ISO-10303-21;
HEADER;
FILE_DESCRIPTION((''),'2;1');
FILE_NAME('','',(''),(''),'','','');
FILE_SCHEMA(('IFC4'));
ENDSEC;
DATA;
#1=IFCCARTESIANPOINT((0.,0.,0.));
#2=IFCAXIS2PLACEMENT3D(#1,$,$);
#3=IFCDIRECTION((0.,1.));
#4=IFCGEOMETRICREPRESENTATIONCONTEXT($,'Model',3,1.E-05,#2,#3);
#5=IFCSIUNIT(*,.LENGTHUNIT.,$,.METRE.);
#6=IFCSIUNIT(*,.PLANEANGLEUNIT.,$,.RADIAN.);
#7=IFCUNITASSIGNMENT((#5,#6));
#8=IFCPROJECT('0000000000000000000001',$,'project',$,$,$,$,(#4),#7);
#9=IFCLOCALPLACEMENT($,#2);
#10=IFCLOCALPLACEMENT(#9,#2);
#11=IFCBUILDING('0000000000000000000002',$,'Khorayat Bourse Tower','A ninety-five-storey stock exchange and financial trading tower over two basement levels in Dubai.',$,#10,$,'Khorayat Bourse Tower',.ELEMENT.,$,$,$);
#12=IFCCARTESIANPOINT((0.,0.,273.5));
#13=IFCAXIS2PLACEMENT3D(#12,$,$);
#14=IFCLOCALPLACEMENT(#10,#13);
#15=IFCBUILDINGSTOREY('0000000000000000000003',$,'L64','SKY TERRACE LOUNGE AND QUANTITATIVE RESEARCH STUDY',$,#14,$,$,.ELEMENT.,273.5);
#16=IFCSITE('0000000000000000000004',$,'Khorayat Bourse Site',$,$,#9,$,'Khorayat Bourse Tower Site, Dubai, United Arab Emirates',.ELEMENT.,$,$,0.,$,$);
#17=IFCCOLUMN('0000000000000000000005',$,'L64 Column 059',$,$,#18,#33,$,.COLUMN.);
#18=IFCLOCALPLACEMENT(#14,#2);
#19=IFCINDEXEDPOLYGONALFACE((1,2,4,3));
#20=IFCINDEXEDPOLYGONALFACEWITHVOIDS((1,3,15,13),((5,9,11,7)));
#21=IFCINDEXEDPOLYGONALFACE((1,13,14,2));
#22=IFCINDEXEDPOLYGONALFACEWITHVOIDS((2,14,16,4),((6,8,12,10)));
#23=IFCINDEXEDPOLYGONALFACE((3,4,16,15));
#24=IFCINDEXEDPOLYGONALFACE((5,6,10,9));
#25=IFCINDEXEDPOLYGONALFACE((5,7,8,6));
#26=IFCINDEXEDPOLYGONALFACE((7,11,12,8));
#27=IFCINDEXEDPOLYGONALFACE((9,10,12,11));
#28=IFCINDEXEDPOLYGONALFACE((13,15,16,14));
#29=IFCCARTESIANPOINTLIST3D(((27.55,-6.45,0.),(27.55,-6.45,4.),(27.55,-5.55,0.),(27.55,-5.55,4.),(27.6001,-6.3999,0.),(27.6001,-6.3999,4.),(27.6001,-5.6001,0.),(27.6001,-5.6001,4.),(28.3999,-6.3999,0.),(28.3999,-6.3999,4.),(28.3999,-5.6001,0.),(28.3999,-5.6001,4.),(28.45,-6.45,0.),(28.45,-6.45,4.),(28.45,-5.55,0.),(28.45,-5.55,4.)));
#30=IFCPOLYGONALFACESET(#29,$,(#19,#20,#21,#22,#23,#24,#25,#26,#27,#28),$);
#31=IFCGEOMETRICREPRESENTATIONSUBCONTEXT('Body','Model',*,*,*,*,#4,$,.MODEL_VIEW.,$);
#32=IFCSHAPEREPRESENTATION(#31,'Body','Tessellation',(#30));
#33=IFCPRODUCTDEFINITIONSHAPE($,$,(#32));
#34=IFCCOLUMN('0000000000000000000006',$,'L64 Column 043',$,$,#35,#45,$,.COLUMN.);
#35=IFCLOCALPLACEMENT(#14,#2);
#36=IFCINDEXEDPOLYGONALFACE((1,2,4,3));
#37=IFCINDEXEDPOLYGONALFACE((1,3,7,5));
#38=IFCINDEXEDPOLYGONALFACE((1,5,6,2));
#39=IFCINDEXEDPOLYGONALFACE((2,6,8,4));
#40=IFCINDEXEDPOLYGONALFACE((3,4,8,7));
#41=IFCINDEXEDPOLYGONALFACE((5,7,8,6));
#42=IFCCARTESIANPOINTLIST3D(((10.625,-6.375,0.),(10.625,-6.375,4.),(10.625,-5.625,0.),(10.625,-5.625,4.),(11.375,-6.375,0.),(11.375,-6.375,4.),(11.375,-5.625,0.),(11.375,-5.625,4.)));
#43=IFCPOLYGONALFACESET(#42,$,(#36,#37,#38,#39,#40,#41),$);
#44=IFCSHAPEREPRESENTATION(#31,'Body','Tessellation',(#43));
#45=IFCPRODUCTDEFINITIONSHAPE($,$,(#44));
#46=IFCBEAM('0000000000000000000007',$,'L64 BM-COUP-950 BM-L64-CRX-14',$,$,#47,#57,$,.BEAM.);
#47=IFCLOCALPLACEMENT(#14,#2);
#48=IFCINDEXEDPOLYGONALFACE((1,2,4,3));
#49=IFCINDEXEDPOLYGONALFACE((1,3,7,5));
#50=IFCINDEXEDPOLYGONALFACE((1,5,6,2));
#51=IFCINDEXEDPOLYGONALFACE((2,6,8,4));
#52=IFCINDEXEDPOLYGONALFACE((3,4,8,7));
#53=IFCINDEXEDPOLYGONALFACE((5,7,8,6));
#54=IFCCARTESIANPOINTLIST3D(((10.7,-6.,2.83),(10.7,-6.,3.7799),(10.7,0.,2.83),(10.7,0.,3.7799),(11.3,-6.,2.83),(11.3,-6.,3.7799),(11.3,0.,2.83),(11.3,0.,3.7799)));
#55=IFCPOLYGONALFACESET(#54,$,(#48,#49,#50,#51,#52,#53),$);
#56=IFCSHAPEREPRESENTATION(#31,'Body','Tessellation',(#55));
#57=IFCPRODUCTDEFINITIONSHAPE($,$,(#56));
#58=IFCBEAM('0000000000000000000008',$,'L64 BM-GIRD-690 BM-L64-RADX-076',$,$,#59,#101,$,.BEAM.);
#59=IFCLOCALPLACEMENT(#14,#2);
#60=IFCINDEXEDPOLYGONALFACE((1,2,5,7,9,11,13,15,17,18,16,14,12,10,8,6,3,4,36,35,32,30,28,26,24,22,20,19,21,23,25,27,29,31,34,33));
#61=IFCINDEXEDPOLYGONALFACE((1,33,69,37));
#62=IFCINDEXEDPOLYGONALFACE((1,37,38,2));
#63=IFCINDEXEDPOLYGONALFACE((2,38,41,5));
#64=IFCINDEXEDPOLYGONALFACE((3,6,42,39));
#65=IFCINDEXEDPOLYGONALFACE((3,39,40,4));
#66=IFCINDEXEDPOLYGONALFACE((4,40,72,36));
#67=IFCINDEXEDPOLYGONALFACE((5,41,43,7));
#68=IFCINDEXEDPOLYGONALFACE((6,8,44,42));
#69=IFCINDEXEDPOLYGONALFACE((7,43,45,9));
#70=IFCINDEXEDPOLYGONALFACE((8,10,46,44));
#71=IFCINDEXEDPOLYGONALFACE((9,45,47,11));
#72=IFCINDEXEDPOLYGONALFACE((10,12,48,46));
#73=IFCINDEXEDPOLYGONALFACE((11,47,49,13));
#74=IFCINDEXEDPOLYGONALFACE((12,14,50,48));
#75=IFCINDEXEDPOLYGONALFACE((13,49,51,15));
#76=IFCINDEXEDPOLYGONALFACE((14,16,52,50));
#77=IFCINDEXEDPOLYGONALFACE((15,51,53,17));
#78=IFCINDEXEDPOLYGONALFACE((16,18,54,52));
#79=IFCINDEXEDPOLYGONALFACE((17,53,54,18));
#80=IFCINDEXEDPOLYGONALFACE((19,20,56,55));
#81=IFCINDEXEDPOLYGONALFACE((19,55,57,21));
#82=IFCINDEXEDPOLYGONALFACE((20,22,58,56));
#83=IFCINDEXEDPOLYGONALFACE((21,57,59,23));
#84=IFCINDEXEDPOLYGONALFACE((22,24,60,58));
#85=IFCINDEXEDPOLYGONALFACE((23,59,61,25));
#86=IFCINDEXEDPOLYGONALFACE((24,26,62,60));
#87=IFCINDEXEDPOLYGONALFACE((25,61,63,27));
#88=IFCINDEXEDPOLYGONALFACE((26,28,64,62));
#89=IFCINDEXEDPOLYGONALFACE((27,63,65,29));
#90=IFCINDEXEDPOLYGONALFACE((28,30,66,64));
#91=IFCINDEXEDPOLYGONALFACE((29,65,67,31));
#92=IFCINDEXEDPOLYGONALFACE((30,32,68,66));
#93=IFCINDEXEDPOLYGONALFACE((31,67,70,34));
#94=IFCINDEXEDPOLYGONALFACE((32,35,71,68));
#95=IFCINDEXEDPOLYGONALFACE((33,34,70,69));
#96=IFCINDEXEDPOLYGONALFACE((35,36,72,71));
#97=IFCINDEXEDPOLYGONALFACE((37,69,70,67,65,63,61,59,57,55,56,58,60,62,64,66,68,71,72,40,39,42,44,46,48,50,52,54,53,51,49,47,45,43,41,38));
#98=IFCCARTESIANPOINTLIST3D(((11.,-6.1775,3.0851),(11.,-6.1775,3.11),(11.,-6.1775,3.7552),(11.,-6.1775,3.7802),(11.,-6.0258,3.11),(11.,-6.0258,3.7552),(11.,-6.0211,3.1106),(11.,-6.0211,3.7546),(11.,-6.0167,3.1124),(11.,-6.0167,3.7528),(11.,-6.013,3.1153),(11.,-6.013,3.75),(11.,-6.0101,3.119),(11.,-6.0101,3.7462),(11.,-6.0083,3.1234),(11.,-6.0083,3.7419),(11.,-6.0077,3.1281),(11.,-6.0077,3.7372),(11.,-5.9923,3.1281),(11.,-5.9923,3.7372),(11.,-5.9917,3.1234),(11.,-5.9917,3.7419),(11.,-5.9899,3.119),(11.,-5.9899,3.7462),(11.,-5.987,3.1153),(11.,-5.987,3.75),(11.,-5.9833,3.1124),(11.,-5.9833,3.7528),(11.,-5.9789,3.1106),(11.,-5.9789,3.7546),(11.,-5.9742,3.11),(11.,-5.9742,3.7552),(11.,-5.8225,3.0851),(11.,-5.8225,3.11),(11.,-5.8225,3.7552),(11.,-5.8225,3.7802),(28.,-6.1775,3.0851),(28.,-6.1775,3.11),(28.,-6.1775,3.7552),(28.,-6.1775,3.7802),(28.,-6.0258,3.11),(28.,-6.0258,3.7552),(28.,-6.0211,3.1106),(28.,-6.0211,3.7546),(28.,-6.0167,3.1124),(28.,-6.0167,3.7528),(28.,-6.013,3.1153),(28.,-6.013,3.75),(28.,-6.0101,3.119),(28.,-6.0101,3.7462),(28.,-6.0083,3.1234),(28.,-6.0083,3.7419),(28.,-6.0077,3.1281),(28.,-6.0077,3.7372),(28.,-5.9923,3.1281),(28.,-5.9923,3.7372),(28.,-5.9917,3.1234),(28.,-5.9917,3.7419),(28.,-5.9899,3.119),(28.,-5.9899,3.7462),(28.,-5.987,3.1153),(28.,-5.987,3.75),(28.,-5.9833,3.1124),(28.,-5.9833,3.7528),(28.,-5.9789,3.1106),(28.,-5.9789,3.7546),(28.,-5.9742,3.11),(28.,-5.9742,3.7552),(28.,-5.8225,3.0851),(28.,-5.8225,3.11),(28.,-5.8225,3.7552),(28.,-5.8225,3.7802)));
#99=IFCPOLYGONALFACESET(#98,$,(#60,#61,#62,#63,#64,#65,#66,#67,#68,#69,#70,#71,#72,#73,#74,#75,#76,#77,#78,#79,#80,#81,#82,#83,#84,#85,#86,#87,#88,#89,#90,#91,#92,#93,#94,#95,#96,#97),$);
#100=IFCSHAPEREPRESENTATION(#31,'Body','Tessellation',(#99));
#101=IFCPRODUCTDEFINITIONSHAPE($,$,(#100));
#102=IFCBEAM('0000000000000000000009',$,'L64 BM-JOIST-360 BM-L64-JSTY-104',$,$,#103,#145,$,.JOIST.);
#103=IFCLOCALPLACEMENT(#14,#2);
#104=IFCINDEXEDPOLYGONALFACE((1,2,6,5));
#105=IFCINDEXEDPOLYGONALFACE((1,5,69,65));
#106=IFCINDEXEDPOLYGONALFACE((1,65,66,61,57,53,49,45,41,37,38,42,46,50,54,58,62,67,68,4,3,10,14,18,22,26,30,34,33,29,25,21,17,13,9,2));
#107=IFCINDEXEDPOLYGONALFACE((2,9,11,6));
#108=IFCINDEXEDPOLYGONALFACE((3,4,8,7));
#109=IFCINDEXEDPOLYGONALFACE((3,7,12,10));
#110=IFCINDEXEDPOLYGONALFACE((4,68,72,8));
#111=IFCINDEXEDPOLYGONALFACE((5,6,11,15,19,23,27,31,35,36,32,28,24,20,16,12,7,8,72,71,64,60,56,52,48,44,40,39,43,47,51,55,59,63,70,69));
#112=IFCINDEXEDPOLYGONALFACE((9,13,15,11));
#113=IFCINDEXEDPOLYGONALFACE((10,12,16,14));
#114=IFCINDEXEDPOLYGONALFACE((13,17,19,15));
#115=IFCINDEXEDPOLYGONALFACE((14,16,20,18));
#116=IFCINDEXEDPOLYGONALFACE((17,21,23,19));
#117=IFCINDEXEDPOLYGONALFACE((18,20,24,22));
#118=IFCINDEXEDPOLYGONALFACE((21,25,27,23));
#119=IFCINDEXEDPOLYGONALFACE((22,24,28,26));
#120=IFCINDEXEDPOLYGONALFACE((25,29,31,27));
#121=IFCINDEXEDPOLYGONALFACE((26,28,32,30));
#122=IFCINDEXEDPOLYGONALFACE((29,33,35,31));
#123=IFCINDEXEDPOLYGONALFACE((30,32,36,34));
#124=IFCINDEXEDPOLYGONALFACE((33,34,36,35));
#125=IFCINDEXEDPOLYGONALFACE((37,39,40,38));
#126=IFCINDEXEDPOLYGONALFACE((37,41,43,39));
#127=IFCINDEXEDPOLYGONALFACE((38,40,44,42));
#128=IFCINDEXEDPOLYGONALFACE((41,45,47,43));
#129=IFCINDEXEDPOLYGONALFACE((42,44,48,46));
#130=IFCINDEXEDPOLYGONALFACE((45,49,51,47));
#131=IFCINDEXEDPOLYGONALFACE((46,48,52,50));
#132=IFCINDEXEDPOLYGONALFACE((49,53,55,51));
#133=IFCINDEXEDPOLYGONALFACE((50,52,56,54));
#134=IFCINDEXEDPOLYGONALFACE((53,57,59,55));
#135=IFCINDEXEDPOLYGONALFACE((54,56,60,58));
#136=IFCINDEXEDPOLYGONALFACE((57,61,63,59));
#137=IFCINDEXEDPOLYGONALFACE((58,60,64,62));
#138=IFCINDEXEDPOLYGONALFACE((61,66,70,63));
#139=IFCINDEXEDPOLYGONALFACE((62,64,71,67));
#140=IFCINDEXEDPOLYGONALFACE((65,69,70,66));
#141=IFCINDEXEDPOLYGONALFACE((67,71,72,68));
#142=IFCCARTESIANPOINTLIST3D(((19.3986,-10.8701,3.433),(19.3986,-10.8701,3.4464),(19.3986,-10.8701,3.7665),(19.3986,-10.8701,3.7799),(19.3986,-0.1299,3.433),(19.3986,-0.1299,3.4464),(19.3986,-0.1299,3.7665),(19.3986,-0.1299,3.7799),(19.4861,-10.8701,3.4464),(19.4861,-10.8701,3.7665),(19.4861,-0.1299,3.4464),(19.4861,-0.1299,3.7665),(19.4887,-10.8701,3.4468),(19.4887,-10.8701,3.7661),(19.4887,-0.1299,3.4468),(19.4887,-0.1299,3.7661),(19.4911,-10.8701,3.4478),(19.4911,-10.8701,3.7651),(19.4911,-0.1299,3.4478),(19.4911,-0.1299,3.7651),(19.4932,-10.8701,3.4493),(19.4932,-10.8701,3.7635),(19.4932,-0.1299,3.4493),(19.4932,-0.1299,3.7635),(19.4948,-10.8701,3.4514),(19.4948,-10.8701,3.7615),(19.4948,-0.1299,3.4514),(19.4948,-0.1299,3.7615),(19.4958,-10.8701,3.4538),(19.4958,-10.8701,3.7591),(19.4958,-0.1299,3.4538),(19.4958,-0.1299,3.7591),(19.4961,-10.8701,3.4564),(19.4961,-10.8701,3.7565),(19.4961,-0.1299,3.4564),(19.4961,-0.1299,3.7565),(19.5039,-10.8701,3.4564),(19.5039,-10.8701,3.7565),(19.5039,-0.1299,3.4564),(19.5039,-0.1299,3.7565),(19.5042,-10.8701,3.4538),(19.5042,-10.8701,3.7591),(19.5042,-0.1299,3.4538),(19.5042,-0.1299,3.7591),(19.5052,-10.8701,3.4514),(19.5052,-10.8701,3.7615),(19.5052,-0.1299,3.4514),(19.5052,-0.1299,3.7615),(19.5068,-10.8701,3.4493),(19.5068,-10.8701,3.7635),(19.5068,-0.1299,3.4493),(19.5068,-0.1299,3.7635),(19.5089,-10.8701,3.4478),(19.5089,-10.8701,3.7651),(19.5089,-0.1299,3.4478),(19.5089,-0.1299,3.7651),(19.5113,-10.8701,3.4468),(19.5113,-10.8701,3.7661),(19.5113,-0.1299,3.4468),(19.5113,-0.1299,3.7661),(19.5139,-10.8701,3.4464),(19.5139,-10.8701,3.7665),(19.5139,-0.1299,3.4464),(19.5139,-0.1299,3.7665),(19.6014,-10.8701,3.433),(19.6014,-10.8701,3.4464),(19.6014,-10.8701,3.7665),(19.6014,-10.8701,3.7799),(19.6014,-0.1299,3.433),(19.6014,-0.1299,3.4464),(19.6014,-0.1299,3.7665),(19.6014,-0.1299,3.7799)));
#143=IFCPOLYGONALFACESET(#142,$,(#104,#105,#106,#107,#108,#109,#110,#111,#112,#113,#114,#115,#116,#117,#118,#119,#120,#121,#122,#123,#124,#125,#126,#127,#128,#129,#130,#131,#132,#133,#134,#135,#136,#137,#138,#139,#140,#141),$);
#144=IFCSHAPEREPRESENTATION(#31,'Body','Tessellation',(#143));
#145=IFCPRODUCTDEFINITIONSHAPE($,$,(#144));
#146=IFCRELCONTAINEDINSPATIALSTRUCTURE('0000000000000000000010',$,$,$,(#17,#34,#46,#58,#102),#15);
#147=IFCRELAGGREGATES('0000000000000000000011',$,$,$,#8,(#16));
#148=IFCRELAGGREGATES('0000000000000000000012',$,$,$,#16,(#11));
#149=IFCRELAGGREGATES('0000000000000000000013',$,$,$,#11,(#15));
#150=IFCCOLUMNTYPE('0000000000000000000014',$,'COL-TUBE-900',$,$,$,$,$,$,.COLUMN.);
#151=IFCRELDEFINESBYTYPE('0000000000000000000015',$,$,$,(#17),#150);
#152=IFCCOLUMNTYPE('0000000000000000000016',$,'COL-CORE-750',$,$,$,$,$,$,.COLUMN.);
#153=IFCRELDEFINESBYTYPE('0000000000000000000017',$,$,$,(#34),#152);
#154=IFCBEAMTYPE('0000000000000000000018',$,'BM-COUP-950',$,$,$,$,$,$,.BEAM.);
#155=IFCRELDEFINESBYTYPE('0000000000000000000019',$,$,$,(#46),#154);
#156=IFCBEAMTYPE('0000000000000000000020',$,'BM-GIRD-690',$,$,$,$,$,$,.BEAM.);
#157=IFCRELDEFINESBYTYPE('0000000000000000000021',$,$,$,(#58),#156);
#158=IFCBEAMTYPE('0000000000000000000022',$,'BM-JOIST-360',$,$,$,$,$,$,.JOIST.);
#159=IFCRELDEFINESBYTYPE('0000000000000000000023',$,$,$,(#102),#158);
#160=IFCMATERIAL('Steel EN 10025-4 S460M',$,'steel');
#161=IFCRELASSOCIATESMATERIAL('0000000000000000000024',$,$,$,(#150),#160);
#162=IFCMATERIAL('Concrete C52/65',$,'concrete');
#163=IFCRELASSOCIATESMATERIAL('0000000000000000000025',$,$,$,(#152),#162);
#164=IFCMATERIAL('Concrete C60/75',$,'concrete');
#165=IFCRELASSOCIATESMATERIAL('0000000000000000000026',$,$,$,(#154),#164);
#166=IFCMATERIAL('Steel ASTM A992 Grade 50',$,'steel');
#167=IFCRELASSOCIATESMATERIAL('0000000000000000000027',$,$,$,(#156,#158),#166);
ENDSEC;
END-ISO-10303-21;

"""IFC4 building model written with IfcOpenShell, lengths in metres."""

from ifc_helpers import new_model, si_unit, direction, frame, origin, origin_2d, place, context, subcontext, project, spatial, rectangle, hollow_rectangle, i_section, extrude, source, transform, mapped, material, material_profile, profile_set, type_object, element, save


model = new_model("IFC4")

# Units and contexts
model_context = context("Model", 3, precision=1e-05, world=origin(), true_north=direction((0.0, 1.0)))
body_context = subcontext(model_context, "Body", "Model", "MODEL_VIEW")
ifc_project = project(units=[si_unit("LENGTHUNIT", "METRE"), si_unit("PLANEANGLEUNIT", "RADIAN")], contexts=[model_context])

# Site, building, storey
site_placement = place(None, origin())
site = spatial("IfcSite", under=ifc_project, at=site_placement, Name="Khorayat Bourse Site", LongName="Khorayat Bourse Tower Site, Dubai, United Arab Emirates", CompositionType="ELEMENT", RefElevation=0.0)
building_placement = place(site_placement, origin())
building = spatial("IfcBuilding", under=site, at=building_placement, Name="Khorayat Bourse Tower", Description="A ninety-five-storey stock exchange and financial trading tower over two basement levels in Dubai.", LongName="Khorayat Bourse Tower", CompositionType="ELEMENT")
storey_placement = place(building_placement, frame((0.0, 0.0, 273.5)))
storey = spatial("IfcBuildingStorey", under=building, at=storey_placement, Name="L64", Description="SKY TERRACE LOUNGE AND QUANTITATIVE RESEARCH STUDY", CompositionType="ELEMENT", Elevation=273.5)

# Columns
ifc_material_1 = material(Name="Steel EN 10025-4 S460M", Category="steel")
ifc_material_profile_1 = material_profile(ifc_material_1, hollow_rectangle(XDim=0.8999, YDim=0.8999, WallThickness=0.05, at=origin_2d()), Name="BOX 900x900x50")
ifc_profile_set_1 = profile_set([ifc_material_profile_1], Name="Steel EN 10025-4 S460M")
column_type_1 = type_object("IfcColumnType", Name="COL-TUBE-900", PredefinedType="COLUMN", material=ifc_profile_set_1)
shared_shape_1 = source(origin(), body_context, "Body", "SweptSolid", [
    extrude(hollow_rectangle(XDim=0.8999, YDim=0.8999, WallThickness=0.05, at=origin_2d()), origin(), (0.0, 0.0, 1.0), 4.0),
])
column_1_placement = place(storey_placement, frame((28.0, -6.0, 0.0), z_axis=(0.0, 0.0, 1.0), x_axis=(1.0, 0.0, 0.0)))
element("IfcColumn", 1, at=column_1_placement, inside=storey, type_object=column_type_1, Name="L64 Column 059", PredefinedType="COLUMN", context=body_context, shape_type="MappedRepresentation", body=[
    mapped(shared_shape_1, transform((0.0, 0.0, 0.0), scale=1.0)),
])
ifc_material_2 = material(Name="Concrete C52/65", Category="concrete")
ifc_material_profile_2 = material_profile(ifc_material_2, rectangle(XDim=0.75, YDim=0.75, at=origin_2d()), Name="RC 750x750")
ifc_profile_set_2 = profile_set([ifc_material_profile_2], Name="Concrete C52/65")
column_type_2 = type_object("IfcColumnType", Name="COL-CORE-750", PredefinedType="COLUMN", material=ifc_profile_set_2)
shared_shape_2 = source(origin(), body_context, "Body", "SweptSolid", [
    extrude(rectangle(XDim=0.75, YDim=0.75, at=origin_2d()), origin(), (0.0, 0.0, 1.0), 4.0),
])
column_2_placement = place(storey_placement, frame((11.0, -6.0, 0.0), z_axis=(0.0, 0.0, 1.0), x_axis=(1.0, 0.0, 0.0)))
element("IfcColumn", 2, at=column_2_placement, inside=storey, type_object=column_type_2, Name="L64 Column 043", PredefinedType="COLUMN", context=body_context, shape_type="MappedRepresentation", body=[
    mapped(shared_shape_2, transform((0.0, 0.0, 0.0), scale=1.0)),
])

# Beams
ifc_material_3 = material(Name="Concrete C60/75", Category="concrete")
ifc_material_profile_3 = material_profile(ifc_material_3, rectangle(XDim=0.6001, YDim=0.95, at=origin_2d()), Name="RC 600x950")
ifc_profile_set_3 = profile_set([ifc_material_profile_3], Name="Concrete C60/75")
beam_type_1 = type_object("IfcBeamType", Name="BM-COUP-950", PredefinedType="BEAM", material=ifc_profile_set_3)
shared_shape_3 = source(origin(), body_context, "Body", "SweptSolid", [
    extrude(rectangle(XDim=0.6001, YDim=0.95, at=origin_2d()), origin(), (0.0, 0.0, 1.0), 6.0),
])
beam_1_placement = place(storey_placement, frame((11.0, -6.0, 3.3049), z_axis=(0.0, 1.0, 0.0), x_axis=(-1.0, 0.0, 0.0)))
element("IfcBeam", 3, at=beam_1_placement, inside=storey, type_object=beam_type_1, Name="L64 BM-COUP-950 BM-L64-CRX-14", PredefinedType="BEAM", context=body_context, shape_type="MappedRepresentation", body=[
    mapped(shared_shape_3, transform((0.0, 0.0, 0.0), scale=1.0)),
])
ifc_material_4 = material(Name="Steel ASTM A992 Grade 50", Category="steel")
ifc_material_profile_4 = material_profile(ifc_material_4, i_section(OverallWidth=0.355, OverallDepth=0.6951, WebThickness=0.0154, FlangeThickness=0.0249, FilletRadius=0.0181, at=origin_2d()), Name="W690X217")
ifc_profile_set_4 = profile_set([ifc_material_profile_4], Name="Steel ASTM A992 Grade 50")
beam_type_2 = type_object("IfcBeamType", Name="BM-GIRD-690", PredefinedType="BEAM", material=ifc_profile_set_4)
shared_shape_4 = source(origin(), body_context, "Body", "SweptSolid", [
    extrude(i_section(OverallWidth=0.355, OverallDepth=0.6951, WebThickness=0.0154, FlangeThickness=0.0249, FilletRadius=0.0181, at=origin_2d()), origin(), (0.0, 0.0, 1.0), 17.0),
])
beam_2_placement = place(storey_placement, frame((11.0, -6.0, 3.4326), z_axis=(1.0, 0.0, 0.0), x_axis=(0.0, 1.0, 0.0)))
element("IfcBeam", 4, at=beam_2_placement, inside=storey, type_object=beam_type_2, Name="L64 BM-GIRD-690 BM-L64-RADX-076", PredefinedType="BEAM", context=body_context, shape_type="MappedRepresentation", body=[
    mapped(shared_shape_4, transform((0.0, 0.0, 0.0), scale=1.0)),
])
ifc_material_profile_5 = material_profile(ifc_material_4, i_section(OverallWidth=0.2029, OverallDepth=0.3469, WebThickness=0.0078, FlangeThickness=0.0134, FilletRadius=0.01, at=origin_2d()), Name="W360X64")
ifc_profile_set_5 = profile_set([ifc_material_profile_5], Name="Steel ASTM A992 Grade 50")
beam_type_3 = type_object("IfcBeamType", Name="BM-JOIST-360", PredefinedType="JOIST", material=ifc_profile_set_5)
shared_shape_5 = source(origin(), body_context, "Body", "SweptSolid", [
    extrude(i_section(OverallWidth=0.2029, OverallDepth=0.3469, WebThickness=0.0078, FlangeThickness=0.0134, FilletRadius=0.01, at=origin_2d()), origin(), (0.0, 0.0, 1.0), 10.7402),
])
beam_3_placement = place(storey_placement, frame((19.5, -10.8701, 3.6064), z_axis=(0.0, 1.0, 0.0), x_axis=(-1.0, 0.0, 0.0)))
element("IfcBeam", 5, at=beam_3_placement, inside=storey, type_object=beam_type_3, Name="L64 BM-JOIST-360 BM-L64-JSTY-104", PredefinedType="JOIST", context=body_context, shape_type="MappedRepresentation", body=[
    mapped(shared_shape_5, transform((0.0, 0.0, 0.0), scale=1.0)),
])

save(model, "model.ifc")
